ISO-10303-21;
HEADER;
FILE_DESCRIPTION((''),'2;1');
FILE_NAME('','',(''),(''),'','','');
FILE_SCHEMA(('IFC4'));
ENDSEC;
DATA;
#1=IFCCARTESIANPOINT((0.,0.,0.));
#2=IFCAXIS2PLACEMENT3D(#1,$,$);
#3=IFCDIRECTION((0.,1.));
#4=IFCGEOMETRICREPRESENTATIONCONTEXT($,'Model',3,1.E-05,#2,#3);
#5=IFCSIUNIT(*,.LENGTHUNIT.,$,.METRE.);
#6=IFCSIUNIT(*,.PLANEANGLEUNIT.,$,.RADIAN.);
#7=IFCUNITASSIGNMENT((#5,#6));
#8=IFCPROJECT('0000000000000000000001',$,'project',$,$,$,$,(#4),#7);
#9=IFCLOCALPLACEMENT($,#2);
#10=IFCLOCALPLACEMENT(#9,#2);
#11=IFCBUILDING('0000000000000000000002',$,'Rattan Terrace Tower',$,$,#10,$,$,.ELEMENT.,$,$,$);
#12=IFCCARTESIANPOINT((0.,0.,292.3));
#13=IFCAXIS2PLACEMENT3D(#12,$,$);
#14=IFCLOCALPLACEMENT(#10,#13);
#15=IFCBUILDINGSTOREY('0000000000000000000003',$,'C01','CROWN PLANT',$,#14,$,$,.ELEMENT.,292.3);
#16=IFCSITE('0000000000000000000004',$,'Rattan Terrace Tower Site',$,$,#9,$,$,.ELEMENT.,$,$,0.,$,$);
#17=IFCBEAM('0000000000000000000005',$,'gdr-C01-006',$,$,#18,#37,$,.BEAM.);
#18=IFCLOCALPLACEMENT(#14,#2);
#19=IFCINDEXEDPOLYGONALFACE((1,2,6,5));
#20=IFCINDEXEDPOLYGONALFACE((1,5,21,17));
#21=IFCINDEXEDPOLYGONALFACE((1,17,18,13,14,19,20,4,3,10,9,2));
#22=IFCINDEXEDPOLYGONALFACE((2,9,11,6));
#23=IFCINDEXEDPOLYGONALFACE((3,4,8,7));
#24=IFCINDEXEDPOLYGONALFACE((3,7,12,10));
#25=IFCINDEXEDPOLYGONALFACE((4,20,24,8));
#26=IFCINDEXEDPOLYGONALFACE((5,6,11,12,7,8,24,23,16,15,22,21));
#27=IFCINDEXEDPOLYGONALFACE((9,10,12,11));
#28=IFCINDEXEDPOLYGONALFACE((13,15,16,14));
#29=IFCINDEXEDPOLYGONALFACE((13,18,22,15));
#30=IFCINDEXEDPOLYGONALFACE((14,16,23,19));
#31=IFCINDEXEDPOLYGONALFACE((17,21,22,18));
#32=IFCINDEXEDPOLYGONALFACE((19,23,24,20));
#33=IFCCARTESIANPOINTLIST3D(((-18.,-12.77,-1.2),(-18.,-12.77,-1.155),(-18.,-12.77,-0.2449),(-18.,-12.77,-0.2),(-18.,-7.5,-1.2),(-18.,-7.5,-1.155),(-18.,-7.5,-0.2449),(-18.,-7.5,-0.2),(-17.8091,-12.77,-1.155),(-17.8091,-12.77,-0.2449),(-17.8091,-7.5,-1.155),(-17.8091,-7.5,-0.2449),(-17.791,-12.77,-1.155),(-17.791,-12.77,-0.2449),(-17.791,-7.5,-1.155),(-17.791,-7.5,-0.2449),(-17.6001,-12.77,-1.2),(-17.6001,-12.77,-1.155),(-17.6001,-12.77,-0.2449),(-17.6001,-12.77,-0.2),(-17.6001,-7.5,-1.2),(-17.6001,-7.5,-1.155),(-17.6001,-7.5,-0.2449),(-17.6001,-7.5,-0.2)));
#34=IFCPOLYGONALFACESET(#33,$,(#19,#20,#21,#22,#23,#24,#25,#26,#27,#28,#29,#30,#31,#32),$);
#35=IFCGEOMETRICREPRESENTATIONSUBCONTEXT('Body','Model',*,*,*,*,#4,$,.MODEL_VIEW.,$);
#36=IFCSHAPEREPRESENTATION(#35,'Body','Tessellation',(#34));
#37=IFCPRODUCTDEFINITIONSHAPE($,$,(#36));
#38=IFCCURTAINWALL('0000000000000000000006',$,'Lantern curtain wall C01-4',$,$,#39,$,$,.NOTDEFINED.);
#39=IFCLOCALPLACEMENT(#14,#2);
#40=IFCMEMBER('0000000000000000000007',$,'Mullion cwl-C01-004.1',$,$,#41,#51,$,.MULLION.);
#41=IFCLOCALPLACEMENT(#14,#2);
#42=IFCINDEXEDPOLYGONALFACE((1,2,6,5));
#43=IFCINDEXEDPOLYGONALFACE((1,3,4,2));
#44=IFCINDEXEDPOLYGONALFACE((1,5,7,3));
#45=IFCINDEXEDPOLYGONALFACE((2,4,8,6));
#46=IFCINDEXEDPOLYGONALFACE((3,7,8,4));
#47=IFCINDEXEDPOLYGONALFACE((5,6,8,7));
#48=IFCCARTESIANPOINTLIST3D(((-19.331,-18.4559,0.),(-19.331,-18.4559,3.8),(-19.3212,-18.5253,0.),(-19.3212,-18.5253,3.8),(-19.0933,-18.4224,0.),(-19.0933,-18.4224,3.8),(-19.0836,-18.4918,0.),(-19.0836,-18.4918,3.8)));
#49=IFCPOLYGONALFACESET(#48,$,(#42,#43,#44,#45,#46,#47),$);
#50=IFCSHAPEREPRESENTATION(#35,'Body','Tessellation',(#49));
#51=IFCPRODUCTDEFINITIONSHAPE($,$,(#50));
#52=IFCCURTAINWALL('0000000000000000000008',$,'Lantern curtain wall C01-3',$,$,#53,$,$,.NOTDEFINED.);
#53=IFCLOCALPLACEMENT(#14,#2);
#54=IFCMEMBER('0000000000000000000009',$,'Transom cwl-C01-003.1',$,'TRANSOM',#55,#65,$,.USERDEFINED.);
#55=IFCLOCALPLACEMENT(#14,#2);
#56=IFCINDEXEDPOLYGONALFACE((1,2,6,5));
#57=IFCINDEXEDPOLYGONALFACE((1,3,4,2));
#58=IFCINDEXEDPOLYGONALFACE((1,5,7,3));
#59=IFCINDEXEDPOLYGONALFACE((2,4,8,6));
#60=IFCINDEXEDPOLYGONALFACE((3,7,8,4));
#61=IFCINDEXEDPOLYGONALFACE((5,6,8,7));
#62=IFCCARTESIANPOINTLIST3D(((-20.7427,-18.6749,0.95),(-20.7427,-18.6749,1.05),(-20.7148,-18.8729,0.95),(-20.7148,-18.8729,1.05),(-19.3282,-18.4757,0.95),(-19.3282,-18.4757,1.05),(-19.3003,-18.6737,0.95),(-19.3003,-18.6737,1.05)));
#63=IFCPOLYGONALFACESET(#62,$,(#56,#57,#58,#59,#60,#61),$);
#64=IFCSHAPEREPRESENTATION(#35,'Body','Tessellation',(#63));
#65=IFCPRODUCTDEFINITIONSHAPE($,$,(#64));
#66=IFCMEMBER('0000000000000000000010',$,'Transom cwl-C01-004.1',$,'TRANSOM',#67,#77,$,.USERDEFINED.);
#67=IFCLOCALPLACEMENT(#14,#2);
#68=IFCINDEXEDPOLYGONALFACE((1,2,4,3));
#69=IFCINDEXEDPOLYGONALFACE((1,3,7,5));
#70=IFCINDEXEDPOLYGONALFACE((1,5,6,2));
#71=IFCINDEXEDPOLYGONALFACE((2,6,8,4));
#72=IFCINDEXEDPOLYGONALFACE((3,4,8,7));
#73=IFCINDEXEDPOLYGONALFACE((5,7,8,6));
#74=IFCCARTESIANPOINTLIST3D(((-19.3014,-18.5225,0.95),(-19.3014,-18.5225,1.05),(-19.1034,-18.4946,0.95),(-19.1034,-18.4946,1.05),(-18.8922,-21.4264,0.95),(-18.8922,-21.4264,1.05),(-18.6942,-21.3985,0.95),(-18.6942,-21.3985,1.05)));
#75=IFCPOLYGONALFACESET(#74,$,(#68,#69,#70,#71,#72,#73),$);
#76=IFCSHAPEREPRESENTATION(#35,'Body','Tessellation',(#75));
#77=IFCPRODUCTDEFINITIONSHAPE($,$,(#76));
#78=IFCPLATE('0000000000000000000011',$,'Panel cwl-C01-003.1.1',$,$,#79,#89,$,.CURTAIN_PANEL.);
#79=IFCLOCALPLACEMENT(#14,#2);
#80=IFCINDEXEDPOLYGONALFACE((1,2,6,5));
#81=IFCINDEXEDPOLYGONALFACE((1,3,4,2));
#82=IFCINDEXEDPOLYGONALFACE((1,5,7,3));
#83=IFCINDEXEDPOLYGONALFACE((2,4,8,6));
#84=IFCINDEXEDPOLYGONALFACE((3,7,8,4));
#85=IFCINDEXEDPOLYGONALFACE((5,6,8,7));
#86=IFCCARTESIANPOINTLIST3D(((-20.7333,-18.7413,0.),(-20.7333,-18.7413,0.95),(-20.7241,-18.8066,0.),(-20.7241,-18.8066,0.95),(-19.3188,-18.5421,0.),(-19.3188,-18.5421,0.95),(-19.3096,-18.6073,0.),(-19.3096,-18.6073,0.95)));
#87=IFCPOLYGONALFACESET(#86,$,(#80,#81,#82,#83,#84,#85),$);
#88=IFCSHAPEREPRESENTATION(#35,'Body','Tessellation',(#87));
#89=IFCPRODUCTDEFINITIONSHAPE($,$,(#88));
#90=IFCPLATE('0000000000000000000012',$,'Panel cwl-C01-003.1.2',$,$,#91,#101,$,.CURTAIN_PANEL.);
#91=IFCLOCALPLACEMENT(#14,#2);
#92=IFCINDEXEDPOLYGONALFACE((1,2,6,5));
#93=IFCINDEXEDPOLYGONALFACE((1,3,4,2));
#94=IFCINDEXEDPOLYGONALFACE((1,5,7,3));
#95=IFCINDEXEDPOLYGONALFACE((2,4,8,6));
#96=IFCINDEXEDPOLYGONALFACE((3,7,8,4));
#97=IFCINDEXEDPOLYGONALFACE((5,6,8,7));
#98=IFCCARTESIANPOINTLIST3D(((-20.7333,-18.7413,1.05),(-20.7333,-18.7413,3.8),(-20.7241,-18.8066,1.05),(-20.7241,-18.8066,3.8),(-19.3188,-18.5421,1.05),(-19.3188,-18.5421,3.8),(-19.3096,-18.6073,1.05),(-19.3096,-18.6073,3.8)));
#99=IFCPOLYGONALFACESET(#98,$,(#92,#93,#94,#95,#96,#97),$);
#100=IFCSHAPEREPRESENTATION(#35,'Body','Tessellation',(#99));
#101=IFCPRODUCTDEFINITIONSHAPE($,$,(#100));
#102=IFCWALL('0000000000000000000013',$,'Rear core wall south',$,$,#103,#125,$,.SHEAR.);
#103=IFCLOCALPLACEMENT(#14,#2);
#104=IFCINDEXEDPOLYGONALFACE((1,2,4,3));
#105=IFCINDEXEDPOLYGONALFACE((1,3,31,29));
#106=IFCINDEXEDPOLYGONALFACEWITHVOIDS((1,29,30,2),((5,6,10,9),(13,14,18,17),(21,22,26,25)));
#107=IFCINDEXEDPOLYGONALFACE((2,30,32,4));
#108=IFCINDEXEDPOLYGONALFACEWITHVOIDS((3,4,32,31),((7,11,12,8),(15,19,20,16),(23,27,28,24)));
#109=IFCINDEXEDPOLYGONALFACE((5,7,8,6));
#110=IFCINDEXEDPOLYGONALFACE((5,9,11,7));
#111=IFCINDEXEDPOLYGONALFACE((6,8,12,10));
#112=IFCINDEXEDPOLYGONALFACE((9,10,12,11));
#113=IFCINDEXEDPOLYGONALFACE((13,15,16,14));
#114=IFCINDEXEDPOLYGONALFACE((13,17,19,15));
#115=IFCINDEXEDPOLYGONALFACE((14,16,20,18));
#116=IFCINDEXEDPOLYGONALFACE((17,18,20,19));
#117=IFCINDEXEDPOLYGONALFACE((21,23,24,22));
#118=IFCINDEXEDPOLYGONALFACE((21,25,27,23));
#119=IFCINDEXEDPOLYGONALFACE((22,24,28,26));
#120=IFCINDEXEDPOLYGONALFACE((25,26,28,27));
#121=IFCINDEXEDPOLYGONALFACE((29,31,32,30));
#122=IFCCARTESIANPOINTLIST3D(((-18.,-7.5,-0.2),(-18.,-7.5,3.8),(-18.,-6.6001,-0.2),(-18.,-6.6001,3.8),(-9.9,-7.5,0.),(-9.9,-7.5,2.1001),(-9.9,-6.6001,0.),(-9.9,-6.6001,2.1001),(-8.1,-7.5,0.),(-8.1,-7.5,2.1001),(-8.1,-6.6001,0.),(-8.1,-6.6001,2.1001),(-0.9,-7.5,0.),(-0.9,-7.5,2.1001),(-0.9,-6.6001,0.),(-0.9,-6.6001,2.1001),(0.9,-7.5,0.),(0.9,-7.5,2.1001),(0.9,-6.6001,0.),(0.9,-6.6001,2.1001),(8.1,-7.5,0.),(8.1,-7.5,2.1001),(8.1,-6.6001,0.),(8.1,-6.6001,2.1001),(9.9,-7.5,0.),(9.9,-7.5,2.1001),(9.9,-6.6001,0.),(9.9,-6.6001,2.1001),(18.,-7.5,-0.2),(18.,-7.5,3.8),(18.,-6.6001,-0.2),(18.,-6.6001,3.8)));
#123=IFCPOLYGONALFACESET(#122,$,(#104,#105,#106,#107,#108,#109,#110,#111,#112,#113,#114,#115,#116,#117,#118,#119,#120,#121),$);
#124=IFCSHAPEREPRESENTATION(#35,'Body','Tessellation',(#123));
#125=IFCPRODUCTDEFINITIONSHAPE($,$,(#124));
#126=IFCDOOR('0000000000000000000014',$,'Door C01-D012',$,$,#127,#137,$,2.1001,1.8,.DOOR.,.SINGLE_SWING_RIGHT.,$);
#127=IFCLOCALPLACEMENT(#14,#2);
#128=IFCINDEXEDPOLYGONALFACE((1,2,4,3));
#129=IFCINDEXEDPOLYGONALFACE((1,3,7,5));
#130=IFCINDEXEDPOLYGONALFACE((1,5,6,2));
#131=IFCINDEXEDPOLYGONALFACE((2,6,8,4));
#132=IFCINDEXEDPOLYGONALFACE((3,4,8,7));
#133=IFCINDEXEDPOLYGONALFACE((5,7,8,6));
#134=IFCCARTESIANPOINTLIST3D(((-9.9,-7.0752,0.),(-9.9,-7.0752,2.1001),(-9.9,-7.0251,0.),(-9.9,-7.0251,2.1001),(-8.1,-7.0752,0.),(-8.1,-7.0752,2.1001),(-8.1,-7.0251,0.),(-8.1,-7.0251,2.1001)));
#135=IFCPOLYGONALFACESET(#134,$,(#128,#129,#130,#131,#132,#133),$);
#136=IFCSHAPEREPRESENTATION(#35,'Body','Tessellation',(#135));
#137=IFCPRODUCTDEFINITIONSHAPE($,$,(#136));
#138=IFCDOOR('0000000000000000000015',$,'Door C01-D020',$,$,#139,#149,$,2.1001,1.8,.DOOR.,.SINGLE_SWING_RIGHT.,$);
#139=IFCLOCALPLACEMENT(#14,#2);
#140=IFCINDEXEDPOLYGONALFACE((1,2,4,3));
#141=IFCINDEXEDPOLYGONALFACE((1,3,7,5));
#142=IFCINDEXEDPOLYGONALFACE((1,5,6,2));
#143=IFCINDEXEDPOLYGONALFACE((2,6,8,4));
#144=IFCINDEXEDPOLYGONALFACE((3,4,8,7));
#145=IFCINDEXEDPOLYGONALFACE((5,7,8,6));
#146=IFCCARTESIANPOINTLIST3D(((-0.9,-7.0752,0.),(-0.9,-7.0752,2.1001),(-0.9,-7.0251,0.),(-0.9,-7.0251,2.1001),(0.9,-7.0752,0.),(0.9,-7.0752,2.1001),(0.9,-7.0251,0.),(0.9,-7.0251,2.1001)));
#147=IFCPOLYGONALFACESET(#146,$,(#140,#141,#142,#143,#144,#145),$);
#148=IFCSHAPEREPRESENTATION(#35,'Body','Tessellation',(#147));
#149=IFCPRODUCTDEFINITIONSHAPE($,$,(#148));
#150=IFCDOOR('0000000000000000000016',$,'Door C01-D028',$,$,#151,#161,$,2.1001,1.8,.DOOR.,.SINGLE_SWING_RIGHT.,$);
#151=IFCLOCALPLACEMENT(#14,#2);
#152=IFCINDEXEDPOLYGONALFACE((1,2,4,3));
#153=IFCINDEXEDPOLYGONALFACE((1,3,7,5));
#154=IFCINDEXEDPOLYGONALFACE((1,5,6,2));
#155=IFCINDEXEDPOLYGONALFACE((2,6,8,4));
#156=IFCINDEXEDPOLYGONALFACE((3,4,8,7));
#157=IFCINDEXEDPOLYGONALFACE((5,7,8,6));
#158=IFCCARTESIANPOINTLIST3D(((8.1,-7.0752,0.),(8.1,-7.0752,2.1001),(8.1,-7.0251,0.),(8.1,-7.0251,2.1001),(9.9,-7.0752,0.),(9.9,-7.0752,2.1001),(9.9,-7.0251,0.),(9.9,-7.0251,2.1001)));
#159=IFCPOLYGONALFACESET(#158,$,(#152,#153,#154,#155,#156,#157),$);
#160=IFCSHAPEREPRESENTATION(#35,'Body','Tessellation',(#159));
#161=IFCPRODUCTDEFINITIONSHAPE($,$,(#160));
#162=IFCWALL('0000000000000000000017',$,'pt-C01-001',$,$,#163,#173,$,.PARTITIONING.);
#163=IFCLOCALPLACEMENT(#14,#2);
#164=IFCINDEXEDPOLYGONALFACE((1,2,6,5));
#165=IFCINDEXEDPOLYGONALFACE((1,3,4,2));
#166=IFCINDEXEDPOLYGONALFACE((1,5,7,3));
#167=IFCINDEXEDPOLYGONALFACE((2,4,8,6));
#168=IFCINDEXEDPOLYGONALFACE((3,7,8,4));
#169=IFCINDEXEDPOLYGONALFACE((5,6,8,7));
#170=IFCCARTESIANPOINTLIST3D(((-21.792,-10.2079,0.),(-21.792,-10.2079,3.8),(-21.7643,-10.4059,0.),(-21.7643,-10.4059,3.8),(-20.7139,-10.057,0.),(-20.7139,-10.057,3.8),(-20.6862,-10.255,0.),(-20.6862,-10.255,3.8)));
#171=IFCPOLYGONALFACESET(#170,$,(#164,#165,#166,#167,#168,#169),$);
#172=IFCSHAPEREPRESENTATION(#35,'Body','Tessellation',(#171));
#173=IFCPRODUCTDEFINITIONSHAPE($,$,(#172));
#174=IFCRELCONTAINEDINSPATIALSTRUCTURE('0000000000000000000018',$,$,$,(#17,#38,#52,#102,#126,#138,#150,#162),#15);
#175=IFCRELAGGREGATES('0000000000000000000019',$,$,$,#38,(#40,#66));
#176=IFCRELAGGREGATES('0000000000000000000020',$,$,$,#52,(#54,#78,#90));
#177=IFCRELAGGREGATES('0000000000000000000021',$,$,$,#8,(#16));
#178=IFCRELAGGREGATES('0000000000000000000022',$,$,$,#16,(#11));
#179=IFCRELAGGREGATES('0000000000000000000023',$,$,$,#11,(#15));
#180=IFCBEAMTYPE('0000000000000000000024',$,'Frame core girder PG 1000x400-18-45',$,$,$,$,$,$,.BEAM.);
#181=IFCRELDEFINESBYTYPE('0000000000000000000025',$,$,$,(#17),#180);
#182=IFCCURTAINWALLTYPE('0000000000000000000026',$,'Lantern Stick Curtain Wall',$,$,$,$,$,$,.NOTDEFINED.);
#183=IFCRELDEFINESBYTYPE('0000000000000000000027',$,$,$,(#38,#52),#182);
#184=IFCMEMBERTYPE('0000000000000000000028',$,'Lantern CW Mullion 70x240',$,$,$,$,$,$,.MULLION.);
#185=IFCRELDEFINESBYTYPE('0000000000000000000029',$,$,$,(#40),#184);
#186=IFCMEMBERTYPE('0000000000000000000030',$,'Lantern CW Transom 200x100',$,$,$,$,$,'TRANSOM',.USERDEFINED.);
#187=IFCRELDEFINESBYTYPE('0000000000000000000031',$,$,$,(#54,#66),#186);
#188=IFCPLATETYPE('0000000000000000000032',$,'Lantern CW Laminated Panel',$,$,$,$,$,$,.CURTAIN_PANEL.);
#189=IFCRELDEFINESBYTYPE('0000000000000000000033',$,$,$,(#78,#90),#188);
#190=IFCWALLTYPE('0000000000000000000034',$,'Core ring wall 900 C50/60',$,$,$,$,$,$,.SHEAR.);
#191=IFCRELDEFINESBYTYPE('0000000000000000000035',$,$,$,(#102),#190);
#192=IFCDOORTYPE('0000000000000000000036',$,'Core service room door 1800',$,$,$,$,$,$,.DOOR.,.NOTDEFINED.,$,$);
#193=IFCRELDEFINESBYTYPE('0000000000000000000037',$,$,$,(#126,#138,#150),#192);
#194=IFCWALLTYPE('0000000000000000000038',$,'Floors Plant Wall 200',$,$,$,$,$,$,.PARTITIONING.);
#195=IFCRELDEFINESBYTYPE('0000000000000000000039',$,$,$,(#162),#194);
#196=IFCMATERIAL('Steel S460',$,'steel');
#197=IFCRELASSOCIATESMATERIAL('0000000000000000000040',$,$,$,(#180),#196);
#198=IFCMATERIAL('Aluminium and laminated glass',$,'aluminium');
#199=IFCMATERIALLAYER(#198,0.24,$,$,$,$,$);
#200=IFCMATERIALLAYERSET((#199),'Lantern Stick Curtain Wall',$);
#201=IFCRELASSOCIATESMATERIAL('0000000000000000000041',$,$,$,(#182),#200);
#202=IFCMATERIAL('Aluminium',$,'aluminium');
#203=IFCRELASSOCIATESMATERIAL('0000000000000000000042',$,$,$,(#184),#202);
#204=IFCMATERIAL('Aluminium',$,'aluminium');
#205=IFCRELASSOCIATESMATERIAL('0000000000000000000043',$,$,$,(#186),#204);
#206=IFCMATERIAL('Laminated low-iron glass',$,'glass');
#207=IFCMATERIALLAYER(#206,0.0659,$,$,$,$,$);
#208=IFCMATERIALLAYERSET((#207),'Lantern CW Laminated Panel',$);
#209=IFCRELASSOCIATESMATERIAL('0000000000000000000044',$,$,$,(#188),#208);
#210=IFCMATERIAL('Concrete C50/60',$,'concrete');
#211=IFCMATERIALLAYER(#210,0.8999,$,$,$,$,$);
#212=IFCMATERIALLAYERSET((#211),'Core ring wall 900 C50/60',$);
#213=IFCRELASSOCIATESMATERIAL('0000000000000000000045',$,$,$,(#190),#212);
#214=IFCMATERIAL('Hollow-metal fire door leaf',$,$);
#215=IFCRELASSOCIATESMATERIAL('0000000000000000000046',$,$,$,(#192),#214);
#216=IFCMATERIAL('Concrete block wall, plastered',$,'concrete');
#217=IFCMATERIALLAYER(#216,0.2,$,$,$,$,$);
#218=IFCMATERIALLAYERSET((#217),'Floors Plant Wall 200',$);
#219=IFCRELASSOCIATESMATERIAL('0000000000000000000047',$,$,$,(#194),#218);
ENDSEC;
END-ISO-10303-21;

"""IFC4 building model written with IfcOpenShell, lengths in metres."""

from ifc_helpers import new_model, si_unit, direction, frame, frame_2d, origin, origin_2d, place, context, subcontext, project, spatial, rectangle, i_section, extrude, material, layer, layer_set, material_profile, profile_set, type_object, element, fill, aggregate, save


model = new_model("IFC4")

# Units and contexts
model_context = context("Model", 3, precision=1e-05, world=origin(), true_north=direction((0.0, 1.0)))
body_context = subcontext(model_context, "Body", "Model", "MODEL_VIEW")
ifc_project = project(units=[si_unit("LENGTHUNIT", "METRE"), si_unit("PLANEANGLEUNIT", "RADIAN")], contexts=[model_context])

# Site, building, storey
site_placement = place(None, origin())
site = spatial("IfcSite", under=ifc_project, at=site_placement, Name="Rattan Terrace Tower Site", CompositionType="ELEMENT", RefElevation=0.0)
building_placement = place(site_placement, origin())
building = spatial("IfcBuilding", under=site, at=building_placement, Name="Rattan Terrace Tower", CompositionType="ELEMENT")
storey_placement = place(building_placement, frame((0.0, 0.0, 292.3)))
storey = spatial("IfcBuildingStorey", under=building, at=storey_placement, Name="C01", Description="CROWN PLANT", CompositionType="ELEMENT", Elevation=292.3)

# Beam
ifc_material_1 = material(Name="Steel S460", Category="steel")
ifc_material_profile_1 = material_profile(ifc_material_1, i_section(OverallWidth=0.3999, OverallDepth=1.0, WebThickness=0.0181, FlangeThickness=0.0449, at=origin_2d()), Name="PG 1000x400-18-45")
ifc_profile_set_1 = profile_set([ifc_material_profile_1], Name="Steel S460")
beam_type = type_object("IfcBeamType", Name="Frame core girder PG 1000x400-18-45", PredefinedType="BEAM", material=ifc_profile_set_1)
beam_placement = place(storey_placement, frame((-17.8, -12.77, -0.7), z_axis=(0.0, 1.0, 0.0), x_axis=(-1.0, 0.0, 0.0)))
element("IfcBeam", 1, at=beam_placement, inside=storey, type_object=beam_type, Name="gdr-C01-006", PredefinedType="BEAM", context=body_context, shape_type="SweptSolid", body=[
    extrude(i_section(OverallWidth=0.3999, OverallDepth=1.0, WebThickness=0.0181, FlangeThickness=0.0449, at=origin_2d()), origin(), (0.0, 0.0, 1.0), 5.27),
])

# Curtain walls, members
ifc_material_2 = material(Name="Aluminium and laminated glass", Category="aluminium")
ifc_layer_1 = layer(ifc_material_2, 0.24)
ifc_layer_set_1 = layer_set([ifc_layer_1], Name="Lantern Stick Curtain Wall")
curtain_wall_type = type_object("IfcCurtainWallType", Name="Lantern Stick Curtain Wall", PredefinedType="NOTDEFINED", material=ifc_layer_set_1)
curtain_wall_1_placement = place(storey_placement, origin())
curtain_wall_1 = element("IfcCurtainWall", 2, at=curtain_wall_1_placement, inside=storey, type_object=curtain_wall_type, Name="Lantern curtain wall C01-4", PredefinedType="NOTDEFINED")
ifc_material_3 = material(Name="Aluminium", Category="aluminium")
ifc_material_profile_2 = material_profile(ifc_material_3, rectangle(XDim=0.0701, YDim=0.24, at=origin_2d()), Name="Aluminium 70x240")
ifc_profile_set_2 = profile_set([ifc_material_profile_2], Name="Aluminium")
member_type_1 = type_object("IfcMemberType", Name="Lantern CW Mullion 70x240", PredefinedType="MULLION", material=ifc_profile_set_2)
member_1_placement = place(storey_placement, frame((-19.2073, -18.4739, 0.0), z_axis=(0.0, 0.0, 1.0), x_axis=(0.139556, -0.990214, 0.0)))
member_1 = element("IfcMember", 3, at=member_1_placement, type_object=member_type_1, Name="Mullion cwl-C01-004.1", PredefinedType="MULLION", context=body_context, shape_type="SweptSolid", body=[
    extrude(rectangle(XDim=0.0701, YDim=0.24, at=origin_2d()), origin(), (0.0, 0.0, 1.0), 3.8),
])
curtain_wall_2_placement = place(storey_placement, origin())
curtain_wall_2 = element("IfcCurtainWall", 4, at=curtain_wall_2_placement, inside=storey, type_object=curtain_wall_type, Name="Lantern curtain wall C01-3", PredefinedType="NOTDEFINED")
ifc_material_4 = material(Name="Aluminium", Category="aluminium")
ifc_material_profile_3 = material_profile(ifc_material_4, rectangle(XDim=0.2, YDim=0.1001, at=origin_2d()), Name="Aluminium 200x100")
ifc_profile_set_3 = profile_set([ifc_material_profile_3], Name="Aluminium")
member_type_2 = type_object("IfcMemberType", Name="Lantern CW Transom 200x100", ElementType="TRANSOM", PredefinedType="USERDEFINED", material=ifc_profile_set_3)
member_2_placement = place(storey_placement, frame((-20.7288, -18.7739, 1.0), z_axis=(0.990228, 0.139459, 0.0), x_axis=(-0.139459, 0.990228, 0.0)))
member_2 = element("IfcMember", 5, at=member_2_placement, type_object=member_type_2, Name="Transom cwl-C01-003.1", ObjectType="TRANSOM", PredefinedType="USERDEFINED", context=body_context, shape_type="SweptSolid", body=[
    extrude(rectangle(XDim=0.2, YDim=0.1001, at=origin_2d()), origin(), (0.0, 0.0, 1.0), 1.4285),
])

# Member
member_3_placement = place(storey_placement, frame((-19.2024, -18.5085, 1.0), z_axis=(0.139533, -0.990217, 0.0), x_axis=(0.990217, 0.139533, 0.0)))
member_3 = element("IfcMember", 6, at=member_3_placement, type_object=member_type_2, Name="Transom cwl-C01-004.1", ObjectType="TRANSOM", PredefinedType="USERDEFINED", context=body_context, shape_type="SweptSolid", body=[
    extrude(rectangle(XDim=0.2, YDim=0.1001, at=origin_2d()), origin(), (0.0, 0.0, 1.0), 2.9326),
])
aggregate(curtain_wall_1, [member_1, member_3])

# Plates
ifc_material_5 = material(Name="Laminated low-iron glass", Category="glass")
ifc_layer_2 = layer(ifc_material_5, 0.0659)
ifc_layer_set_2 = layer_set([ifc_layer_2], Name="Lantern CW Laminated Panel")
plate_type = type_object("IfcPlateType", Name="Lantern CW Laminated Panel", PredefinedType="CURTAIN_PANEL", material=ifc_layer_set_2)
plate_1_placement = place(storey_placement, frame((-20.0215, -18.6743, 0.0), z_axis=(0.0, 0.0, 1.0), x_axis=(0.990228, 0.139459, 0.0)))
plate_1 = element("IfcPlate", 7, at=plate_1_placement, type_object=plate_type, Name="Panel cwl-C01-003.1.1", PredefinedType="CURTAIN_PANEL", context=body_context, shape_type="SweptSolid", body=[
    extrude(rectangle(XDim=1.4285, YDim=0.0659, at=origin_2d()), origin(), (0.0, 0.0, 1.0), 0.95),
])
plate_2_placement = place(storey_placement, frame((-20.0215, -18.6743, 1.05), z_axis=(0.0, 0.0, 1.0), x_axis=(0.990228, 0.139459, 0.0)))
plate_2 = element("IfcPlate", 8, at=plate_2_placement, type_object=plate_type, Name="Panel cwl-C01-003.1.2", PredefinedType="CURTAIN_PANEL", context=body_context, shape_type="SweptSolid", body=[
    extrude(rectangle(XDim=1.4285, YDim=0.0659, at=origin_2d()), origin(), (0.0, 0.0, 1.0), 2.75),
])
aggregate(curtain_wall_2, [member_2, plate_1, plate_2])

# Wall, openings, doors
ifc_material_6 = material(Name="Concrete C50/60", Category="concrete")
ifc_layer_3 = layer(ifc_material_6, 0.8999)
ifc_layer_set_3 = layer_set([ifc_layer_3], Name="Core ring wall 900 C50/60")
wall_type_1 = type_object("IfcWallType", Name="Core ring wall 900 C50/60", PredefinedType="SHEAR", material=ifc_layer_set_3)
wall_1_placement = place(storey_placement, frame((-18.0, -7.05, -0.2), z_axis=(0.0, 0.0, 1.0), x_axis=(1.0, 0.0, 0.0)))
wall_1 = element("IfcWall", 9, at=wall_1_placement, inside=storey, type_object=wall_type_1, Name="Rear core wall south", PredefinedType="SHEAR", context=body_context, shape_type="SweptSolid", body=[
    extrude(rectangle(XDim=36.0, YDim=0.8999, at=frame_2d((18.0, 0.0))), origin(), (0.0, 0.0, 1.0), 4.0),
])
opening_1_placement = place(wall_1_placement, frame((8.1001, 0.0, 0.2)))
opening_1 = element("IfcOpeningElement", 10, at=opening_1_placement, cuts=wall_1, PredefinedType="OPENING", context=body_context, shape_type="SweptSolid", body=[
    extrude(rectangle(XDim=1.8, YDim=2.1001, at=frame_2d((0.8999, 1.05))), frame((0.0, 0.4604, 0.0), z_axis=(0.0, -1.0, 0.0), x_axis=(1.0, 0.0, 0.0)), (0.0, 0.0, 1.0), 0.9209),
])
opening_2_placement = place(wall_1_placement, frame((17.1001, 0.0, 0.2)))
opening_2 = element("IfcOpeningElement", 11, at=opening_2_placement, cuts=wall_1, PredefinedType="OPENING", context=body_context, shape_type="SweptSolid", body=[
    extrude(rectangle(XDim=1.8, YDim=2.1001, at=frame_2d((0.8999, 1.05))), frame((0.0, 0.4604, 0.0), z_axis=(0.0, -1.0, 0.0), x_axis=(1.0, 0.0, 0.0)), (0.0, 0.0, 1.0), 0.9209),
])
opening_3_placement = place(wall_1_placement, frame((26.1001, 0.0, 0.2)))
opening_3 = element("IfcOpeningElement", 12, at=opening_3_placement, cuts=wall_1, PredefinedType="OPENING", context=body_context, shape_type="SweptSolid", body=[
    extrude(rectangle(XDim=1.8, YDim=2.1001, at=frame_2d((0.8999, 1.05))), frame((0.0, 0.4604, 0.0), z_axis=(0.0, -1.0, 0.0), x_axis=(1.0, 0.0, 0.0)), (0.0, 0.0, 1.0), 0.9209),
])
ifc_material_7 = material(Name="Hollow-metal fire door leaf")
door_type_1 = type_object("IfcDoorType", Name="Core service room door 1800", OperationType="NOTDEFINED", PredefinedType="DOOR", material=ifc_material_7)
door_1_placement = place(opening_1_placement, origin())
door_1 = element("IfcDoor", 13, at=door_1_placement, inside=storey, type_object=door_type_1, Name="Door C01-D012", OperationType="SINGLE_SWING_RIGHT", OverallHeight=2.1001, OverallWidth=1.8, PredefinedType="DOOR", context=body_context, shape_type="SweptSolid", body=[
    extrude(rectangle(XDim=1.8, YDim=2.1001, at=frame_2d((0.8999, 1.05))), frame((0.0, 0.0249, 0.0), z_axis=(0.0, -1.0, 0.0), x_axis=(1.0, 0.0, 0.0)), (0.0, 0.0, 1.0), 0.05),
])
fill(opening_1, door_1)
door_2_placement = place(opening_2_placement, origin())
door_2 = element("IfcDoor", 14, at=door_2_placement, inside=storey, type_object=door_type_1, Name="Door C01-D020", OperationType="SINGLE_SWING_RIGHT", OverallHeight=2.1001, OverallWidth=1.8, PredefinedType="DOOR", context=body_context, shape_type="SweptSolid", body=[
    extrude(rectangle(XDim=1.8, YDim=2.1001, at=frame_2d((0.8999, 1.05))), frame((0.0, 0.0249, 0.0), z_axis=(0.0, -1.0, 0.0), x_axis=(1.0, 0.0, 0.0)), (0.0, 0.0, 1.0), 0.05),
])
fill(opening_2, door_2)
door_3_placement = place(opening_3_placement, origin())
door_3 = element("IfcDoor", 15, at=door_3_placement, inside=storey, type_object=door_type_1, Name="Door C01-D028", OperationType="SINGLE_SWING_RIGHT", OverallHeight=2.1001, OverallWidth=1.8, PredefinedType="DOOR", context=body_context, shape_type="SweptSolid", body=[
    extrude(rectangle(XDim=1.8, YDim=2.1001, at=frame_2d((0.8999, 1.05))), frame((0.0, 0.0249, 0.0), z_axis=(0.0, -1.0, 0.0), x_axis=(1.0, 0.0, 0.0)), (0.0, 0.0, 1.0), 0.05),
])
fill(opening_3, door_3)

# Wall
ifc_material_8 = material(Name="Concrete block wall, plastered", Category="concrete")
ifc_layer_4 = layer(ifc_material_8, 0.2)
ifc_layer_set_4 = layer_set([ifc_layer_4], Name="Floors Plant Wall 200")
wall_type_2 = type_object("IfcWallType", Name="Floors Plant Wall 200", PredefinedType="PARTITIONING", material=ifc_layer_set_4)
wall_2_placement = place(storey_placement, frame((-20.7, -10.156, 0.0), z_axis=(0.0, 0.0, 1.0), x_axis=(-0.990349, -0.138595, 0.0)))
element("IfcWall", 16, at=wall_2_placement, inside=storey, type_object=wall_type_2, Name="pt-C01-001", PredefinedType="PARTITIONING", context=body_context, shape_type="SweptSolid", body=[
    extrude(rectangle(XDim=1.0886, YDim=0.2, at=frame_2d((0.5444, 0.0))), origin(), (0.0, 0.0, 1.0), 3.8),
])

save(model, "model.ifc")
